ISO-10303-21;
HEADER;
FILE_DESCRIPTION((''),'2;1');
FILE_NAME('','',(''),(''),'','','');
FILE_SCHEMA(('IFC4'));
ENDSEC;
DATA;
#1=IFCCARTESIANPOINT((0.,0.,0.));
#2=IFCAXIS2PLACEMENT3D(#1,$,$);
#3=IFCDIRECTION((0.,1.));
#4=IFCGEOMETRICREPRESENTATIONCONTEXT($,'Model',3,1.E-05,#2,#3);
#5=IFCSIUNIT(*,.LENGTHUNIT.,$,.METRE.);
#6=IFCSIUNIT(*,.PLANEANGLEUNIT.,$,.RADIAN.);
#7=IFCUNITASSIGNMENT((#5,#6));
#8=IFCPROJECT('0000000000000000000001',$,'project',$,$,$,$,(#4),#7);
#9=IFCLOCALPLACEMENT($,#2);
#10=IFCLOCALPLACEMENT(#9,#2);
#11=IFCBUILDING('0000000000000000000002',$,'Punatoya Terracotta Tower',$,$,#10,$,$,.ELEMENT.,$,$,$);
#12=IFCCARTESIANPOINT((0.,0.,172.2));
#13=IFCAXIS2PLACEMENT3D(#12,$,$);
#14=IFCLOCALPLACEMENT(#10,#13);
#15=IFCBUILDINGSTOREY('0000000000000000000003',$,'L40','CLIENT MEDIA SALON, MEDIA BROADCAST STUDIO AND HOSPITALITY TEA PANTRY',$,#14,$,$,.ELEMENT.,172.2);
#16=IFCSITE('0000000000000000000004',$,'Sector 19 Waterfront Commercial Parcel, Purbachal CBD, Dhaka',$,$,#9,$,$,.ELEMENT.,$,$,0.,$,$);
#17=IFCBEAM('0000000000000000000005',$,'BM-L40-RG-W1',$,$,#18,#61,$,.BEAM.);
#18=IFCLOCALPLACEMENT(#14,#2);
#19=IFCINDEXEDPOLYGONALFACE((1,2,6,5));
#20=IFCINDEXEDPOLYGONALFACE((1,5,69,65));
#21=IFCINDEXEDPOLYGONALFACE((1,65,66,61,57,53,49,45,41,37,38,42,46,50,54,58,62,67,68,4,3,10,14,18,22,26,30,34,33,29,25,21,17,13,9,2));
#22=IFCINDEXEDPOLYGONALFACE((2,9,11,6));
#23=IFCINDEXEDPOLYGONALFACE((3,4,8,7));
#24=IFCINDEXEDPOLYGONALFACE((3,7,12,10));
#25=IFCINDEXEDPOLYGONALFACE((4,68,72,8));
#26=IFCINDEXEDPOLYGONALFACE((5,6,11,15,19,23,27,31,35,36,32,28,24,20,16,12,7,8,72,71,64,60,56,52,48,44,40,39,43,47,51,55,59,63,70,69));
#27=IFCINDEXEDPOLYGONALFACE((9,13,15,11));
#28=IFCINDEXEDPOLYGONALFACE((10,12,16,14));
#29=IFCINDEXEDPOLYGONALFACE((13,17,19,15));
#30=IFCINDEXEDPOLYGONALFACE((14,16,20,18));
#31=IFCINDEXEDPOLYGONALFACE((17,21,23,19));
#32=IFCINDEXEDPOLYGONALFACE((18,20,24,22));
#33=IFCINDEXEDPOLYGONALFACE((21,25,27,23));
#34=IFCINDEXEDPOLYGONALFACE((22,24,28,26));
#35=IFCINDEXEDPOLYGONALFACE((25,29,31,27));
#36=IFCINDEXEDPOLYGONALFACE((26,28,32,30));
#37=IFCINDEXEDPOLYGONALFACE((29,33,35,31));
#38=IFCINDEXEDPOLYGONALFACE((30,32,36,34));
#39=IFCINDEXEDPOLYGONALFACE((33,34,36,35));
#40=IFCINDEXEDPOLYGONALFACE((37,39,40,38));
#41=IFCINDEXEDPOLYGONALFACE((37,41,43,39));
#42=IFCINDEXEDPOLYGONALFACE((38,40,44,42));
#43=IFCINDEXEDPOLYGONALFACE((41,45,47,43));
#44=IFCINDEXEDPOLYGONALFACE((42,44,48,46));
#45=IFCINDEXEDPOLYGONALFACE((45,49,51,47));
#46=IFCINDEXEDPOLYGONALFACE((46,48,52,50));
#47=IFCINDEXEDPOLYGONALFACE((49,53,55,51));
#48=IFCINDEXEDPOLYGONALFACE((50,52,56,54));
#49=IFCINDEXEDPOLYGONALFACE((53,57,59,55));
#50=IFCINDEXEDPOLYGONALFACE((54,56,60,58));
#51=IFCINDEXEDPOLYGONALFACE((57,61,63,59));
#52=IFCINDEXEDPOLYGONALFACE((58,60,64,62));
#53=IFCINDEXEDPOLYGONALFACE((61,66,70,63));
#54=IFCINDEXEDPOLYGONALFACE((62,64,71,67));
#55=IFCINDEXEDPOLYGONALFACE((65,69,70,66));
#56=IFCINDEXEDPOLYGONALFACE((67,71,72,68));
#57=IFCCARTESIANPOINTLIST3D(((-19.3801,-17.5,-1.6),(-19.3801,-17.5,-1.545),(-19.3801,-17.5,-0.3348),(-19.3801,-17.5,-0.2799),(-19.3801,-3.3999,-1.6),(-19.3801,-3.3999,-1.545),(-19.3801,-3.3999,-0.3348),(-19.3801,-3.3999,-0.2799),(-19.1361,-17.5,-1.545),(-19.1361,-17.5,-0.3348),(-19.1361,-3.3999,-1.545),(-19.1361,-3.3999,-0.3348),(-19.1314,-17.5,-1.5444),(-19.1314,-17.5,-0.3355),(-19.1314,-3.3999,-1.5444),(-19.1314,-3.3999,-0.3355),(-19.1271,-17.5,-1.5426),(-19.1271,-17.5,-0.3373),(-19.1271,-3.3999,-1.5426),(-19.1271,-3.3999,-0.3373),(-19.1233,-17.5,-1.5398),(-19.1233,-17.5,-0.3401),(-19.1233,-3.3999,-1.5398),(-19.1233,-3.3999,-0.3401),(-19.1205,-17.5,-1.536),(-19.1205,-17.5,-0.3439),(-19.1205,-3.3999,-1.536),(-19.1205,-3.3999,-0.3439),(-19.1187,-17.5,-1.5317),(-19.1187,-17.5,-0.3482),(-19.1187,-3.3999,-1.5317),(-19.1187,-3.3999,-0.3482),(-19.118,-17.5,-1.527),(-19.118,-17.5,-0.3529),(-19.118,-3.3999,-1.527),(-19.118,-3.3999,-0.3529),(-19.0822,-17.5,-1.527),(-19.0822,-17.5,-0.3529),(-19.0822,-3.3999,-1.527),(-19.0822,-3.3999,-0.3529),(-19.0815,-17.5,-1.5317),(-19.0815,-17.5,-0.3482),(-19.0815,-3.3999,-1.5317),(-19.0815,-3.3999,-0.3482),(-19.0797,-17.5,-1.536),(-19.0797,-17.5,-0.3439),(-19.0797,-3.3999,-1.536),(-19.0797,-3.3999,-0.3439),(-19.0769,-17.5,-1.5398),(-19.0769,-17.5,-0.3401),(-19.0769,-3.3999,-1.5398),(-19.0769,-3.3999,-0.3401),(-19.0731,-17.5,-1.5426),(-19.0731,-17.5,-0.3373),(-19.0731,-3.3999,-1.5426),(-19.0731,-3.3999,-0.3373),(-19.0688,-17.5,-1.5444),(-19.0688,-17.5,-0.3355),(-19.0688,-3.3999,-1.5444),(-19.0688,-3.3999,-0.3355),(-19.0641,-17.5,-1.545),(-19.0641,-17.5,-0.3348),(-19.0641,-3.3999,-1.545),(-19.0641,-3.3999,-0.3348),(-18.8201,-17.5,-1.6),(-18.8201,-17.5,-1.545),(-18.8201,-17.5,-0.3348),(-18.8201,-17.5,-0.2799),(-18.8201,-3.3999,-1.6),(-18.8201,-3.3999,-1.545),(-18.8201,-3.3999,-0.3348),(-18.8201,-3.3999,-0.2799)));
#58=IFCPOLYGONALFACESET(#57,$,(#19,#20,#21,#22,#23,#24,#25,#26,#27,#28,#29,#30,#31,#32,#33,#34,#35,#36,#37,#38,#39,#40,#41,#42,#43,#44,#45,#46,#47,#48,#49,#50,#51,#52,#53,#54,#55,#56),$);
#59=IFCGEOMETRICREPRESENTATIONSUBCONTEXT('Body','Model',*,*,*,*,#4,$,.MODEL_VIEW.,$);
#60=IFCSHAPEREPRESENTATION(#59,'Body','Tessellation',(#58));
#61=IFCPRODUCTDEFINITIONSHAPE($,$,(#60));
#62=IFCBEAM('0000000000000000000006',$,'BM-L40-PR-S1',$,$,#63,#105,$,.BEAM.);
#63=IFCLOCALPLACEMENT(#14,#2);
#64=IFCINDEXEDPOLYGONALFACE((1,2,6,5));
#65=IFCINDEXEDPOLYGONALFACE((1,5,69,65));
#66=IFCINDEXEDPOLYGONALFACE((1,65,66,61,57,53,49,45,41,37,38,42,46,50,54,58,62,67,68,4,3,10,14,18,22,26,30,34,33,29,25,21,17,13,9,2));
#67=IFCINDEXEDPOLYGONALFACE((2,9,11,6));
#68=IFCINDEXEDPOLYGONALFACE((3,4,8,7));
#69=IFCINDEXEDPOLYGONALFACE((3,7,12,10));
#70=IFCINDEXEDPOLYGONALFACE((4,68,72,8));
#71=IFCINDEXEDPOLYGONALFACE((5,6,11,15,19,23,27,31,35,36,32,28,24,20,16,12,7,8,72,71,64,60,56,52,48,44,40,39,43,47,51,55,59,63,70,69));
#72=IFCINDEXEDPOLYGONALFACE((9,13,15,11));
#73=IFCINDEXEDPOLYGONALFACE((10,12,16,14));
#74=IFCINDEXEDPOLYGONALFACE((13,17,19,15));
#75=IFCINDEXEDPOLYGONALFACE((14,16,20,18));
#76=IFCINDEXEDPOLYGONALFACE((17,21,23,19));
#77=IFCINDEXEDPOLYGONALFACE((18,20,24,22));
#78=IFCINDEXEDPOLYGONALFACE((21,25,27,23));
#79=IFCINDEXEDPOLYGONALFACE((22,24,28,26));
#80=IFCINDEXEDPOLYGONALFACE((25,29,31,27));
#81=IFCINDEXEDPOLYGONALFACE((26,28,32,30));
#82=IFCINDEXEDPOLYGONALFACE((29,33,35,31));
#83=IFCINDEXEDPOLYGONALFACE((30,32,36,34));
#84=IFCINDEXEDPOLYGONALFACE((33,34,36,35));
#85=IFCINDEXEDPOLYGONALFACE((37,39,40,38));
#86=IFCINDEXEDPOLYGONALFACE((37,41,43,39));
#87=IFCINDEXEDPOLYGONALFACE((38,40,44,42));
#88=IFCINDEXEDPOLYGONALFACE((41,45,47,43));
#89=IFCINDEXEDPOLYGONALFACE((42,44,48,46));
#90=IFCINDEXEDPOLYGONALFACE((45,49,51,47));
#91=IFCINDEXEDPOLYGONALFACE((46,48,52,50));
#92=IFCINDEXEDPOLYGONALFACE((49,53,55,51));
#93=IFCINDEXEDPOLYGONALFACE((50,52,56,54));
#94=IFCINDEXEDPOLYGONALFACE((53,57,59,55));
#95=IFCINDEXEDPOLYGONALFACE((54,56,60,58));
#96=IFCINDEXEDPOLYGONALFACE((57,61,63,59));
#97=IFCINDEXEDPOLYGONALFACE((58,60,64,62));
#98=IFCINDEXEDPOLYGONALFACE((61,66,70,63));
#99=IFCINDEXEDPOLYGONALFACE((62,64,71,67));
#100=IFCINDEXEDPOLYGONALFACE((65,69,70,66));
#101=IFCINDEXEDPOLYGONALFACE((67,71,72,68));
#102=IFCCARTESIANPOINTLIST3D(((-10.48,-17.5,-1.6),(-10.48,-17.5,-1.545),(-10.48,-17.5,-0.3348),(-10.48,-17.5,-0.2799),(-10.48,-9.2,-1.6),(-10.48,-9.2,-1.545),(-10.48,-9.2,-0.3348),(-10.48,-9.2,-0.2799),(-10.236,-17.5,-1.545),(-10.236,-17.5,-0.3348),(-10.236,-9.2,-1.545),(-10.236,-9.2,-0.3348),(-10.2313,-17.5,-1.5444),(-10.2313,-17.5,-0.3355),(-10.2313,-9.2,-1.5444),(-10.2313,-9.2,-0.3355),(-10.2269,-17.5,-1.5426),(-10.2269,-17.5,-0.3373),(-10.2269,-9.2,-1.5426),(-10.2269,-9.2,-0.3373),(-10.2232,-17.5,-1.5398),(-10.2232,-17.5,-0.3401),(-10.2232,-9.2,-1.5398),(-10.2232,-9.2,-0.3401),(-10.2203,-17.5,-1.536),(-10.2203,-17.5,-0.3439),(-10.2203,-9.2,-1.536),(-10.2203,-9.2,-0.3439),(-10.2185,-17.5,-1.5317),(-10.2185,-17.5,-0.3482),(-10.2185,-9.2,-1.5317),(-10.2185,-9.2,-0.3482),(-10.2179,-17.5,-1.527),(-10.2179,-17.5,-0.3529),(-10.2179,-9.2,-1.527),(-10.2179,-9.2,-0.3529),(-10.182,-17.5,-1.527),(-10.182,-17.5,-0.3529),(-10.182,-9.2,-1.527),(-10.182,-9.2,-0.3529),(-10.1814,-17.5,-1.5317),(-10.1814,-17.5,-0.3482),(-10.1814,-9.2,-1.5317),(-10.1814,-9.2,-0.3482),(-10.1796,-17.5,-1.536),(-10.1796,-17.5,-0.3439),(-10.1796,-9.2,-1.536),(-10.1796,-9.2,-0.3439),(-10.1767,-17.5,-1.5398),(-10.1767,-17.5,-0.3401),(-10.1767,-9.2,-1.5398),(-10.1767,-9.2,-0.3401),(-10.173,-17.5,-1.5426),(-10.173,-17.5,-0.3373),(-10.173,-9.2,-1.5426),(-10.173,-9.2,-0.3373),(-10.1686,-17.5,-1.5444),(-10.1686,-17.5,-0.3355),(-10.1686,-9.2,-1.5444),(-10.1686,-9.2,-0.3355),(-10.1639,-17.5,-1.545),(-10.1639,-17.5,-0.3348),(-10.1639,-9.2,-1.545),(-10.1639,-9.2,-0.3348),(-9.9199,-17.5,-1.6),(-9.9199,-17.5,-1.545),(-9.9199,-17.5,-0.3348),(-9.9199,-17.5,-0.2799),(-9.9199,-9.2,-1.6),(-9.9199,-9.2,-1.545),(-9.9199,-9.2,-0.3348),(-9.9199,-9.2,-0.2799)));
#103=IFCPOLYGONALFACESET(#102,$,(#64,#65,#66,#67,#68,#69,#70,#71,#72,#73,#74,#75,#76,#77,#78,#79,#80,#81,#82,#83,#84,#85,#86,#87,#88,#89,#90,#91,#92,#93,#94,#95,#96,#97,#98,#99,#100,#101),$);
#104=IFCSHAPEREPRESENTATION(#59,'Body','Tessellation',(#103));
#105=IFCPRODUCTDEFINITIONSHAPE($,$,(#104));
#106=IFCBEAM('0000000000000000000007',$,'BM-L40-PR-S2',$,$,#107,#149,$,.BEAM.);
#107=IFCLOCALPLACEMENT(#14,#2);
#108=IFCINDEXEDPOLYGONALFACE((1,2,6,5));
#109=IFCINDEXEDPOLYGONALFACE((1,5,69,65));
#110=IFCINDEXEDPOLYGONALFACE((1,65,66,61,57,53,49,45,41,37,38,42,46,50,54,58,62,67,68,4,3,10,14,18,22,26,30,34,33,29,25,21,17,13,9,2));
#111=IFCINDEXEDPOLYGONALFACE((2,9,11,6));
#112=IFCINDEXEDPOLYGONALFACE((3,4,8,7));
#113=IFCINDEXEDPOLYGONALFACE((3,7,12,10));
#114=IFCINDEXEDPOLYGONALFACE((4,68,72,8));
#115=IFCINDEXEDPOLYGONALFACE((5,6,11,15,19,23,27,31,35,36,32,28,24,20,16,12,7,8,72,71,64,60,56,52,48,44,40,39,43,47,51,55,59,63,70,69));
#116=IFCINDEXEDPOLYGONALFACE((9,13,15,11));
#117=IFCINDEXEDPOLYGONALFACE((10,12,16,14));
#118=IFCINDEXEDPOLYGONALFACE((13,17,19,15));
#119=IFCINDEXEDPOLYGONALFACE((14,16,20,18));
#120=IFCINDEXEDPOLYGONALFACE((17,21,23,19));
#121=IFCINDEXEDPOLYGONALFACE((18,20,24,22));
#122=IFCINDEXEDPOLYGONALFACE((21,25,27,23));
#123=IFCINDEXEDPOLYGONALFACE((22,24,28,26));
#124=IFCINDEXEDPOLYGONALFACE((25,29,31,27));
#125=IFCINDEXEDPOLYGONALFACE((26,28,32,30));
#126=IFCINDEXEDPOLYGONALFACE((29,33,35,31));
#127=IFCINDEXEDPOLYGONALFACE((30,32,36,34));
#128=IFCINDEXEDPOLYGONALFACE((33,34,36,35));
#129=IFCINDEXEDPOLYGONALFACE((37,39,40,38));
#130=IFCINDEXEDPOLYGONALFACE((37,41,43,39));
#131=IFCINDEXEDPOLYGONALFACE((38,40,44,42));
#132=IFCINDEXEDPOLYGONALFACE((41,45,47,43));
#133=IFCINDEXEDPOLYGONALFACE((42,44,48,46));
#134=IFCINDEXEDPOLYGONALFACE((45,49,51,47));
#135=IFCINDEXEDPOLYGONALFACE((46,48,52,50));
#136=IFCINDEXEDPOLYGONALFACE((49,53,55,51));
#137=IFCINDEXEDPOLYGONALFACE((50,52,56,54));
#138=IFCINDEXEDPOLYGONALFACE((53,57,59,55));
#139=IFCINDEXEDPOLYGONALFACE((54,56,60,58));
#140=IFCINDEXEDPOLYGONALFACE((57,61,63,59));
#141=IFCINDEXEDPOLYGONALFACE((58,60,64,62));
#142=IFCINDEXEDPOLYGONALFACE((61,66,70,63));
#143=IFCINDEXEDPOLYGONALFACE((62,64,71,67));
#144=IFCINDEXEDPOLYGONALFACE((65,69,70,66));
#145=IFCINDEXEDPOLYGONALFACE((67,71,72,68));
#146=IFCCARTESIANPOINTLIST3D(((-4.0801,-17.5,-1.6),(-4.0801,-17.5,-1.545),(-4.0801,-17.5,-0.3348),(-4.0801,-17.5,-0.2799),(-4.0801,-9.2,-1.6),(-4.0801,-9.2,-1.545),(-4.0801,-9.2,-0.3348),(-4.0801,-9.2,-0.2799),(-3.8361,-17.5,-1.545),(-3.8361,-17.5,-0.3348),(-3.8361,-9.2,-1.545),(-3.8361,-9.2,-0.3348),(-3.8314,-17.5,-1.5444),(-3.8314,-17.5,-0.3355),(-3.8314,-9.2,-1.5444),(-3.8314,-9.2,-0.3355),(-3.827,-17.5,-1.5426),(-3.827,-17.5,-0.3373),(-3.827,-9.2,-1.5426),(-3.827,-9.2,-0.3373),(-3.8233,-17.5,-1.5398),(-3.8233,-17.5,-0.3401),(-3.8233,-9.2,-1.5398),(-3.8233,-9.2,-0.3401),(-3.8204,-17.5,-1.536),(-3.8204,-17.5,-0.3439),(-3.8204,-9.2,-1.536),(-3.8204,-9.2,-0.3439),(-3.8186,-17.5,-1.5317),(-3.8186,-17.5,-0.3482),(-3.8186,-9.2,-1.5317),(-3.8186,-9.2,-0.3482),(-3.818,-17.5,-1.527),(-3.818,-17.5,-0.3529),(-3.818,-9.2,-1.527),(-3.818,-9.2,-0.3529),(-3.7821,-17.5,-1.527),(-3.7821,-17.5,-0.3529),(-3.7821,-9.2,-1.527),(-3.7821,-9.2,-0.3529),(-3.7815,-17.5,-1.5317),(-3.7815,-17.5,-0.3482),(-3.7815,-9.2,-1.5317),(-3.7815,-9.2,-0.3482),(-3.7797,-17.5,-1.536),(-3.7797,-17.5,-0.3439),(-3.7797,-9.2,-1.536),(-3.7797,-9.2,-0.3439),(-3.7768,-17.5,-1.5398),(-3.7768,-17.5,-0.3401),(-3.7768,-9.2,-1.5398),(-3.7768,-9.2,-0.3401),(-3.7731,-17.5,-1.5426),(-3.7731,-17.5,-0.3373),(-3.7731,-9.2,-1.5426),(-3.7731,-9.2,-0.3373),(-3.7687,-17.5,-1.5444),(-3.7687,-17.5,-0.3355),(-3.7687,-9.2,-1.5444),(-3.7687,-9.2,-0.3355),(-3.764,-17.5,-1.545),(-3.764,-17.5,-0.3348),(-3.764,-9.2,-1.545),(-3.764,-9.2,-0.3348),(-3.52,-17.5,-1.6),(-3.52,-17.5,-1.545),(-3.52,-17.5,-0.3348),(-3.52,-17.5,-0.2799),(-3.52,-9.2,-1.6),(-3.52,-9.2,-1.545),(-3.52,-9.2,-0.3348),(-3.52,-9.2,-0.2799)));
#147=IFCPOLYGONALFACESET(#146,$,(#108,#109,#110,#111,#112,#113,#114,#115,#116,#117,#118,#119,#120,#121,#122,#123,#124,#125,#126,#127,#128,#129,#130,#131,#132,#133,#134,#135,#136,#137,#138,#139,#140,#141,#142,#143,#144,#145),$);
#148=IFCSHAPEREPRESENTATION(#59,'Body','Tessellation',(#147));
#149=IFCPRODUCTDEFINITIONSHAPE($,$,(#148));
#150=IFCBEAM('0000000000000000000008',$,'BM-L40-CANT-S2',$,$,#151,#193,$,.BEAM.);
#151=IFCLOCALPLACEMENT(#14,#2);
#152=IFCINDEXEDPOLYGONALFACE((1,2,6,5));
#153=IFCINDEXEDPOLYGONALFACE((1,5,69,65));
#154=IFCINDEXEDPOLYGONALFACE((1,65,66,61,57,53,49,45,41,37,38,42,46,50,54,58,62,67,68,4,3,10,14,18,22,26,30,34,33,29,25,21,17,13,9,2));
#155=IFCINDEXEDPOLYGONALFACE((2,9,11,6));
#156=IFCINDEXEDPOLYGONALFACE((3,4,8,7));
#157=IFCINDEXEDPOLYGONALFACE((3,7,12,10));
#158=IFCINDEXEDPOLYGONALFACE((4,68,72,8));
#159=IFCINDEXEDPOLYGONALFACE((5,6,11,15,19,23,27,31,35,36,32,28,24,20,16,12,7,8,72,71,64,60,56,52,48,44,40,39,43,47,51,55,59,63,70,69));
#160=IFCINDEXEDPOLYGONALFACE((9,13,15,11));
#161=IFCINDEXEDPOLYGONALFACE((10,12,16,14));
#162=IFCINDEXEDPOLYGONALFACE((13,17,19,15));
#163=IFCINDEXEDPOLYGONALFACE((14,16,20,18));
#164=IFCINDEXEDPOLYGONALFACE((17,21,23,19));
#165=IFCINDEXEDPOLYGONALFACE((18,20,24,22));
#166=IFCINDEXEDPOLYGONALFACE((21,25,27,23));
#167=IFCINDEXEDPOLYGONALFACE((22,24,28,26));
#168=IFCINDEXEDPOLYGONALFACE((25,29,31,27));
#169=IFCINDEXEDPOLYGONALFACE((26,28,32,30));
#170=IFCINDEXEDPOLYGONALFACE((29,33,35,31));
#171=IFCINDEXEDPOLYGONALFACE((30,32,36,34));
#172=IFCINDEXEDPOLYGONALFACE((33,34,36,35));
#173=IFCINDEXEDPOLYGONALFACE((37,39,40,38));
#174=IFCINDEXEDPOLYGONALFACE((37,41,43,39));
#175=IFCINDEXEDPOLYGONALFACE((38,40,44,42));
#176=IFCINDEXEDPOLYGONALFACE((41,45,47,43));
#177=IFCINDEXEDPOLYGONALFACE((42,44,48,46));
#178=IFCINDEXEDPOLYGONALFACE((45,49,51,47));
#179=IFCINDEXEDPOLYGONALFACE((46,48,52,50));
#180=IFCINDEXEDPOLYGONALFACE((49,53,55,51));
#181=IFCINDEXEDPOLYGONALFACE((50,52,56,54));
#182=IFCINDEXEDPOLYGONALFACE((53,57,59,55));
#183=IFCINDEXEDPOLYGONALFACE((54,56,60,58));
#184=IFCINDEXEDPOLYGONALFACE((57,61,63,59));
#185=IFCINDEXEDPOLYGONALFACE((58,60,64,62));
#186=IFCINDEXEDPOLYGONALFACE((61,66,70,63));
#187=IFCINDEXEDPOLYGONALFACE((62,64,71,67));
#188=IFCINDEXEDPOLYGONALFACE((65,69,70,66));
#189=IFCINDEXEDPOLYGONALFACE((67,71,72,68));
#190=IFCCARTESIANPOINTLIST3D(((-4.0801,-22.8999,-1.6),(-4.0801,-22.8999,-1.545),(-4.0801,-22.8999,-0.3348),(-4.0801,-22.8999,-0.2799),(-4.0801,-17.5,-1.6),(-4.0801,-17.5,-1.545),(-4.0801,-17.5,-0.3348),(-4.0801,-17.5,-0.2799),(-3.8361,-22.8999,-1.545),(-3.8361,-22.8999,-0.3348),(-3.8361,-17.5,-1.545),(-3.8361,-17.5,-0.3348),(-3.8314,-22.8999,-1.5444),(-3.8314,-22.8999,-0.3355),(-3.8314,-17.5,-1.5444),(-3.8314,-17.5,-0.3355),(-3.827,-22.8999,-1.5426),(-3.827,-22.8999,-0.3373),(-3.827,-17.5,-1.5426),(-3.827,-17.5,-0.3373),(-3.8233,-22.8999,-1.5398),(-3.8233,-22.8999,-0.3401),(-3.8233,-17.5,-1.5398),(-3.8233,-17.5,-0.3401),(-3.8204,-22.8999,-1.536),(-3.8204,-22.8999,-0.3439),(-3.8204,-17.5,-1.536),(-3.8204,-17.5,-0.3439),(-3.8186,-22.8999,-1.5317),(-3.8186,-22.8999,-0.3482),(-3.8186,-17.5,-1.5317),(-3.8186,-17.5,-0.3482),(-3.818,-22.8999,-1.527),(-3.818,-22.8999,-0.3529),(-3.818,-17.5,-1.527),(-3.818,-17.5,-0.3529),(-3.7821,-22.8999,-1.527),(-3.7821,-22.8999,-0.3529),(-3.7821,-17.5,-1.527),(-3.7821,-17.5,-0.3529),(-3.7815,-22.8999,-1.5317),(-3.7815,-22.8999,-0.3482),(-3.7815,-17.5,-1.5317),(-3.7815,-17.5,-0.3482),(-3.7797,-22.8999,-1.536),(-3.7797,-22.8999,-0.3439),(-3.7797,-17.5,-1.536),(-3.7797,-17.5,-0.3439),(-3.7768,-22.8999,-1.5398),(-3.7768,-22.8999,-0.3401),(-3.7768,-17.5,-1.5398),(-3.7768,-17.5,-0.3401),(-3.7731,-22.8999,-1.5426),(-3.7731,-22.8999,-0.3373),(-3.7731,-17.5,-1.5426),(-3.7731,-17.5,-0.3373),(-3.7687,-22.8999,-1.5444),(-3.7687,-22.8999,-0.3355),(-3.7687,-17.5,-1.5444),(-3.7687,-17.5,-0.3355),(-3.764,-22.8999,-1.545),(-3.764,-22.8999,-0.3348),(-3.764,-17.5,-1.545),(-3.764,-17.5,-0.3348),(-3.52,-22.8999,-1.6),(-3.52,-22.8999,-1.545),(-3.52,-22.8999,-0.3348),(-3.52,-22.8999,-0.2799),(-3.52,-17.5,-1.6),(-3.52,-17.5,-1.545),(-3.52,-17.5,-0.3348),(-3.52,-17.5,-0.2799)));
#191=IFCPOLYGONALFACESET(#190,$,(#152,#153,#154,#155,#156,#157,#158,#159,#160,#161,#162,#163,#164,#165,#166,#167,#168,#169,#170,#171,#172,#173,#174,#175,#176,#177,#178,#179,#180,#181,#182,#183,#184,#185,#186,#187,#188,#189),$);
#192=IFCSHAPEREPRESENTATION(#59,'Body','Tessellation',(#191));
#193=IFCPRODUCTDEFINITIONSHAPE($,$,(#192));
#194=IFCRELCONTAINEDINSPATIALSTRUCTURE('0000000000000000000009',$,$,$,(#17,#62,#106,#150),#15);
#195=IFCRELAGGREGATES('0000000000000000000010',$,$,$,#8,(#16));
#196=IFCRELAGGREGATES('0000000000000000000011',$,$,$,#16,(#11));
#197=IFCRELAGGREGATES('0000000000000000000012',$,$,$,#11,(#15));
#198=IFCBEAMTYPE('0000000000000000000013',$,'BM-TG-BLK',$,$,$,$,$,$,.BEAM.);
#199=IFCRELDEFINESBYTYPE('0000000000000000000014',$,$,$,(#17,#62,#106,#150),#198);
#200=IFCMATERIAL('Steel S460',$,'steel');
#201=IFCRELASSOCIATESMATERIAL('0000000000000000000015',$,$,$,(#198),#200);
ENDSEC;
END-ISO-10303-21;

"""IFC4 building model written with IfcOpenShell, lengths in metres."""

from ifc_helpers import new_model, si_unit, direction, frame, origin, origin_2d, place, context, subcontext, project, spatial, i_section, extrude, material, material_profile, profile_set, type_object, element, save


model = new_model("IFC4")

# Units and contexts
model_context = context("Model", 3, precision=1e-05, world=origin(), true_north=direction((0.0, 1.0)))
body_context = subcontext(model_context, "Body", "Model", "MODEL_VIEW")
ifc_project = project(units=[si_unit("LENGTHUNIT", "METRE"), si_unit("PLANEANGLEUNIT", "RADIAN")], contexts=[model_context])

# Site, building, storey
site_placement = place(None, origin())
site = spatial("IfcSite", under=ifc_project, at=site_placement, Name="Sector 19 Waterfront Commercial Parcel, Purbachal CBD, Dhaka", CompositionType="ELEMENT", RefElevation=0.0)
building_placement = place(site_placement, origin())
building = spatial("IfcBuilding", under=site, at=building_placement, Name="Punatoya Terracotta Tower", CompositionType="ELEMENT")
storey_placement = place(building_placement, frame((0.0, 0.0, 172.2)))
storey = spatial("IfcBuildingStorey", under=building, at=storey_placement, Name="L40", Description="CLIENT MEDIA SALON, MEDIA BROADCAST STUDIO AND HOSPITALITY TEA PANTRY", CompositionType="ELEMENT", Elevation=172.2)

# Shared definitions
ifc_material_1 = material(Name="Steel S460", Category="steel")

# Beams
ifc_material_profile_1 = material_profile(ifc_material_1, i_section(OverallWidth=0.5601, OverallDepth=1.3201, WebThickness=0.0359, FlangeThickness=0.0549, FilletRadius=0.0181, at=origin_2d()))
ifc_profile_set_1 = profile_set([ifc_material_profile_1], Name="Steel S460")
beam_type_1 = type_object("IfcBeamType", Name="BM-TG-BLK", PredefinedType="BEAM", material=ifc_profile_set_1)
beam_1_placement = place(storey_placement, frame((-19.1001, -17.5, -0.9399), z_axis=(0.0, 1.0, 0.0), x_axis=(-1.0, 0.0, 0.0)))
element("IfcBeam", 1, at=beam_1_placement, inside=storey, type_object=beam_type_1, Name="BM-L40-RG-W1", PredefinedType="BEAM", context=body_context, shape_type="SweptSolid", body=[
    extrude(i_section(OverallWidth=0.5601, OverallDepth=1.3201, WebThickness=0.0359, FlangeThickness=0.0549, FilletRadius=0.0181, at=origin_2d()), origin(), (0.0, 0.0, 1.0), 14.1001),
])
for number, where, z_axis, x_axis, name in (
    (2, (-10.2, -17.5, -0.9399), (0.0, 1.0, 0.0), (-1.0, 0.0, 0.0), "BM-L40-PR-S1"),
    (3, (-3.8, -17.5, -0.9399), (0.0, 1.0, 0.0), (-1.0, 0.0, 0.0), "BM-L40-PR-S2"),
):
    element("IfcBeam", number, at=place(storey_placement, frame(where, z_axis=z_axis, x_axis=x_axis)), inside=storey, type_object=beam_type_1, Name=name, PredefinedType="BEAM", context=body_context, shape_type="SweptSolid", body=[
        extrude(i_section(OverallWidth=0.5601, OverallDepth=1.3201, WebThickness=0.0359, FlangeThickness=0.0549, FilletRadius=0.0181, at=origin_2d()), origin(), (0.0, 0.0, 1.0), 8.3),
    ])
beam_2_placement = place(storey_placement, frame((-3.8, -22.8999, -0.9399), z_axis=(0.0, 1.0, 0.0), x_axis=(-1.0, 0.0, 0.0)))
element("IfcBeam", 4, at=beam_2_placement, inside=storey, type_object=beam_type_1, Name="BM-L40-CANT-S2", PredefinedType="BEAM", context=body_context, shape_type="SweptSolid", body=[
    extrude(i_section(OverallWidth=0.5601, OverallDepth=1.3201, WebThickness=0.0359, FlangeThickness=0.0549, FilletRadius=0.0181, at=origin_2d()), origin(), (0.0, 0.0, 1.0), 5.3999),
])

save(model, "model.ifc")
